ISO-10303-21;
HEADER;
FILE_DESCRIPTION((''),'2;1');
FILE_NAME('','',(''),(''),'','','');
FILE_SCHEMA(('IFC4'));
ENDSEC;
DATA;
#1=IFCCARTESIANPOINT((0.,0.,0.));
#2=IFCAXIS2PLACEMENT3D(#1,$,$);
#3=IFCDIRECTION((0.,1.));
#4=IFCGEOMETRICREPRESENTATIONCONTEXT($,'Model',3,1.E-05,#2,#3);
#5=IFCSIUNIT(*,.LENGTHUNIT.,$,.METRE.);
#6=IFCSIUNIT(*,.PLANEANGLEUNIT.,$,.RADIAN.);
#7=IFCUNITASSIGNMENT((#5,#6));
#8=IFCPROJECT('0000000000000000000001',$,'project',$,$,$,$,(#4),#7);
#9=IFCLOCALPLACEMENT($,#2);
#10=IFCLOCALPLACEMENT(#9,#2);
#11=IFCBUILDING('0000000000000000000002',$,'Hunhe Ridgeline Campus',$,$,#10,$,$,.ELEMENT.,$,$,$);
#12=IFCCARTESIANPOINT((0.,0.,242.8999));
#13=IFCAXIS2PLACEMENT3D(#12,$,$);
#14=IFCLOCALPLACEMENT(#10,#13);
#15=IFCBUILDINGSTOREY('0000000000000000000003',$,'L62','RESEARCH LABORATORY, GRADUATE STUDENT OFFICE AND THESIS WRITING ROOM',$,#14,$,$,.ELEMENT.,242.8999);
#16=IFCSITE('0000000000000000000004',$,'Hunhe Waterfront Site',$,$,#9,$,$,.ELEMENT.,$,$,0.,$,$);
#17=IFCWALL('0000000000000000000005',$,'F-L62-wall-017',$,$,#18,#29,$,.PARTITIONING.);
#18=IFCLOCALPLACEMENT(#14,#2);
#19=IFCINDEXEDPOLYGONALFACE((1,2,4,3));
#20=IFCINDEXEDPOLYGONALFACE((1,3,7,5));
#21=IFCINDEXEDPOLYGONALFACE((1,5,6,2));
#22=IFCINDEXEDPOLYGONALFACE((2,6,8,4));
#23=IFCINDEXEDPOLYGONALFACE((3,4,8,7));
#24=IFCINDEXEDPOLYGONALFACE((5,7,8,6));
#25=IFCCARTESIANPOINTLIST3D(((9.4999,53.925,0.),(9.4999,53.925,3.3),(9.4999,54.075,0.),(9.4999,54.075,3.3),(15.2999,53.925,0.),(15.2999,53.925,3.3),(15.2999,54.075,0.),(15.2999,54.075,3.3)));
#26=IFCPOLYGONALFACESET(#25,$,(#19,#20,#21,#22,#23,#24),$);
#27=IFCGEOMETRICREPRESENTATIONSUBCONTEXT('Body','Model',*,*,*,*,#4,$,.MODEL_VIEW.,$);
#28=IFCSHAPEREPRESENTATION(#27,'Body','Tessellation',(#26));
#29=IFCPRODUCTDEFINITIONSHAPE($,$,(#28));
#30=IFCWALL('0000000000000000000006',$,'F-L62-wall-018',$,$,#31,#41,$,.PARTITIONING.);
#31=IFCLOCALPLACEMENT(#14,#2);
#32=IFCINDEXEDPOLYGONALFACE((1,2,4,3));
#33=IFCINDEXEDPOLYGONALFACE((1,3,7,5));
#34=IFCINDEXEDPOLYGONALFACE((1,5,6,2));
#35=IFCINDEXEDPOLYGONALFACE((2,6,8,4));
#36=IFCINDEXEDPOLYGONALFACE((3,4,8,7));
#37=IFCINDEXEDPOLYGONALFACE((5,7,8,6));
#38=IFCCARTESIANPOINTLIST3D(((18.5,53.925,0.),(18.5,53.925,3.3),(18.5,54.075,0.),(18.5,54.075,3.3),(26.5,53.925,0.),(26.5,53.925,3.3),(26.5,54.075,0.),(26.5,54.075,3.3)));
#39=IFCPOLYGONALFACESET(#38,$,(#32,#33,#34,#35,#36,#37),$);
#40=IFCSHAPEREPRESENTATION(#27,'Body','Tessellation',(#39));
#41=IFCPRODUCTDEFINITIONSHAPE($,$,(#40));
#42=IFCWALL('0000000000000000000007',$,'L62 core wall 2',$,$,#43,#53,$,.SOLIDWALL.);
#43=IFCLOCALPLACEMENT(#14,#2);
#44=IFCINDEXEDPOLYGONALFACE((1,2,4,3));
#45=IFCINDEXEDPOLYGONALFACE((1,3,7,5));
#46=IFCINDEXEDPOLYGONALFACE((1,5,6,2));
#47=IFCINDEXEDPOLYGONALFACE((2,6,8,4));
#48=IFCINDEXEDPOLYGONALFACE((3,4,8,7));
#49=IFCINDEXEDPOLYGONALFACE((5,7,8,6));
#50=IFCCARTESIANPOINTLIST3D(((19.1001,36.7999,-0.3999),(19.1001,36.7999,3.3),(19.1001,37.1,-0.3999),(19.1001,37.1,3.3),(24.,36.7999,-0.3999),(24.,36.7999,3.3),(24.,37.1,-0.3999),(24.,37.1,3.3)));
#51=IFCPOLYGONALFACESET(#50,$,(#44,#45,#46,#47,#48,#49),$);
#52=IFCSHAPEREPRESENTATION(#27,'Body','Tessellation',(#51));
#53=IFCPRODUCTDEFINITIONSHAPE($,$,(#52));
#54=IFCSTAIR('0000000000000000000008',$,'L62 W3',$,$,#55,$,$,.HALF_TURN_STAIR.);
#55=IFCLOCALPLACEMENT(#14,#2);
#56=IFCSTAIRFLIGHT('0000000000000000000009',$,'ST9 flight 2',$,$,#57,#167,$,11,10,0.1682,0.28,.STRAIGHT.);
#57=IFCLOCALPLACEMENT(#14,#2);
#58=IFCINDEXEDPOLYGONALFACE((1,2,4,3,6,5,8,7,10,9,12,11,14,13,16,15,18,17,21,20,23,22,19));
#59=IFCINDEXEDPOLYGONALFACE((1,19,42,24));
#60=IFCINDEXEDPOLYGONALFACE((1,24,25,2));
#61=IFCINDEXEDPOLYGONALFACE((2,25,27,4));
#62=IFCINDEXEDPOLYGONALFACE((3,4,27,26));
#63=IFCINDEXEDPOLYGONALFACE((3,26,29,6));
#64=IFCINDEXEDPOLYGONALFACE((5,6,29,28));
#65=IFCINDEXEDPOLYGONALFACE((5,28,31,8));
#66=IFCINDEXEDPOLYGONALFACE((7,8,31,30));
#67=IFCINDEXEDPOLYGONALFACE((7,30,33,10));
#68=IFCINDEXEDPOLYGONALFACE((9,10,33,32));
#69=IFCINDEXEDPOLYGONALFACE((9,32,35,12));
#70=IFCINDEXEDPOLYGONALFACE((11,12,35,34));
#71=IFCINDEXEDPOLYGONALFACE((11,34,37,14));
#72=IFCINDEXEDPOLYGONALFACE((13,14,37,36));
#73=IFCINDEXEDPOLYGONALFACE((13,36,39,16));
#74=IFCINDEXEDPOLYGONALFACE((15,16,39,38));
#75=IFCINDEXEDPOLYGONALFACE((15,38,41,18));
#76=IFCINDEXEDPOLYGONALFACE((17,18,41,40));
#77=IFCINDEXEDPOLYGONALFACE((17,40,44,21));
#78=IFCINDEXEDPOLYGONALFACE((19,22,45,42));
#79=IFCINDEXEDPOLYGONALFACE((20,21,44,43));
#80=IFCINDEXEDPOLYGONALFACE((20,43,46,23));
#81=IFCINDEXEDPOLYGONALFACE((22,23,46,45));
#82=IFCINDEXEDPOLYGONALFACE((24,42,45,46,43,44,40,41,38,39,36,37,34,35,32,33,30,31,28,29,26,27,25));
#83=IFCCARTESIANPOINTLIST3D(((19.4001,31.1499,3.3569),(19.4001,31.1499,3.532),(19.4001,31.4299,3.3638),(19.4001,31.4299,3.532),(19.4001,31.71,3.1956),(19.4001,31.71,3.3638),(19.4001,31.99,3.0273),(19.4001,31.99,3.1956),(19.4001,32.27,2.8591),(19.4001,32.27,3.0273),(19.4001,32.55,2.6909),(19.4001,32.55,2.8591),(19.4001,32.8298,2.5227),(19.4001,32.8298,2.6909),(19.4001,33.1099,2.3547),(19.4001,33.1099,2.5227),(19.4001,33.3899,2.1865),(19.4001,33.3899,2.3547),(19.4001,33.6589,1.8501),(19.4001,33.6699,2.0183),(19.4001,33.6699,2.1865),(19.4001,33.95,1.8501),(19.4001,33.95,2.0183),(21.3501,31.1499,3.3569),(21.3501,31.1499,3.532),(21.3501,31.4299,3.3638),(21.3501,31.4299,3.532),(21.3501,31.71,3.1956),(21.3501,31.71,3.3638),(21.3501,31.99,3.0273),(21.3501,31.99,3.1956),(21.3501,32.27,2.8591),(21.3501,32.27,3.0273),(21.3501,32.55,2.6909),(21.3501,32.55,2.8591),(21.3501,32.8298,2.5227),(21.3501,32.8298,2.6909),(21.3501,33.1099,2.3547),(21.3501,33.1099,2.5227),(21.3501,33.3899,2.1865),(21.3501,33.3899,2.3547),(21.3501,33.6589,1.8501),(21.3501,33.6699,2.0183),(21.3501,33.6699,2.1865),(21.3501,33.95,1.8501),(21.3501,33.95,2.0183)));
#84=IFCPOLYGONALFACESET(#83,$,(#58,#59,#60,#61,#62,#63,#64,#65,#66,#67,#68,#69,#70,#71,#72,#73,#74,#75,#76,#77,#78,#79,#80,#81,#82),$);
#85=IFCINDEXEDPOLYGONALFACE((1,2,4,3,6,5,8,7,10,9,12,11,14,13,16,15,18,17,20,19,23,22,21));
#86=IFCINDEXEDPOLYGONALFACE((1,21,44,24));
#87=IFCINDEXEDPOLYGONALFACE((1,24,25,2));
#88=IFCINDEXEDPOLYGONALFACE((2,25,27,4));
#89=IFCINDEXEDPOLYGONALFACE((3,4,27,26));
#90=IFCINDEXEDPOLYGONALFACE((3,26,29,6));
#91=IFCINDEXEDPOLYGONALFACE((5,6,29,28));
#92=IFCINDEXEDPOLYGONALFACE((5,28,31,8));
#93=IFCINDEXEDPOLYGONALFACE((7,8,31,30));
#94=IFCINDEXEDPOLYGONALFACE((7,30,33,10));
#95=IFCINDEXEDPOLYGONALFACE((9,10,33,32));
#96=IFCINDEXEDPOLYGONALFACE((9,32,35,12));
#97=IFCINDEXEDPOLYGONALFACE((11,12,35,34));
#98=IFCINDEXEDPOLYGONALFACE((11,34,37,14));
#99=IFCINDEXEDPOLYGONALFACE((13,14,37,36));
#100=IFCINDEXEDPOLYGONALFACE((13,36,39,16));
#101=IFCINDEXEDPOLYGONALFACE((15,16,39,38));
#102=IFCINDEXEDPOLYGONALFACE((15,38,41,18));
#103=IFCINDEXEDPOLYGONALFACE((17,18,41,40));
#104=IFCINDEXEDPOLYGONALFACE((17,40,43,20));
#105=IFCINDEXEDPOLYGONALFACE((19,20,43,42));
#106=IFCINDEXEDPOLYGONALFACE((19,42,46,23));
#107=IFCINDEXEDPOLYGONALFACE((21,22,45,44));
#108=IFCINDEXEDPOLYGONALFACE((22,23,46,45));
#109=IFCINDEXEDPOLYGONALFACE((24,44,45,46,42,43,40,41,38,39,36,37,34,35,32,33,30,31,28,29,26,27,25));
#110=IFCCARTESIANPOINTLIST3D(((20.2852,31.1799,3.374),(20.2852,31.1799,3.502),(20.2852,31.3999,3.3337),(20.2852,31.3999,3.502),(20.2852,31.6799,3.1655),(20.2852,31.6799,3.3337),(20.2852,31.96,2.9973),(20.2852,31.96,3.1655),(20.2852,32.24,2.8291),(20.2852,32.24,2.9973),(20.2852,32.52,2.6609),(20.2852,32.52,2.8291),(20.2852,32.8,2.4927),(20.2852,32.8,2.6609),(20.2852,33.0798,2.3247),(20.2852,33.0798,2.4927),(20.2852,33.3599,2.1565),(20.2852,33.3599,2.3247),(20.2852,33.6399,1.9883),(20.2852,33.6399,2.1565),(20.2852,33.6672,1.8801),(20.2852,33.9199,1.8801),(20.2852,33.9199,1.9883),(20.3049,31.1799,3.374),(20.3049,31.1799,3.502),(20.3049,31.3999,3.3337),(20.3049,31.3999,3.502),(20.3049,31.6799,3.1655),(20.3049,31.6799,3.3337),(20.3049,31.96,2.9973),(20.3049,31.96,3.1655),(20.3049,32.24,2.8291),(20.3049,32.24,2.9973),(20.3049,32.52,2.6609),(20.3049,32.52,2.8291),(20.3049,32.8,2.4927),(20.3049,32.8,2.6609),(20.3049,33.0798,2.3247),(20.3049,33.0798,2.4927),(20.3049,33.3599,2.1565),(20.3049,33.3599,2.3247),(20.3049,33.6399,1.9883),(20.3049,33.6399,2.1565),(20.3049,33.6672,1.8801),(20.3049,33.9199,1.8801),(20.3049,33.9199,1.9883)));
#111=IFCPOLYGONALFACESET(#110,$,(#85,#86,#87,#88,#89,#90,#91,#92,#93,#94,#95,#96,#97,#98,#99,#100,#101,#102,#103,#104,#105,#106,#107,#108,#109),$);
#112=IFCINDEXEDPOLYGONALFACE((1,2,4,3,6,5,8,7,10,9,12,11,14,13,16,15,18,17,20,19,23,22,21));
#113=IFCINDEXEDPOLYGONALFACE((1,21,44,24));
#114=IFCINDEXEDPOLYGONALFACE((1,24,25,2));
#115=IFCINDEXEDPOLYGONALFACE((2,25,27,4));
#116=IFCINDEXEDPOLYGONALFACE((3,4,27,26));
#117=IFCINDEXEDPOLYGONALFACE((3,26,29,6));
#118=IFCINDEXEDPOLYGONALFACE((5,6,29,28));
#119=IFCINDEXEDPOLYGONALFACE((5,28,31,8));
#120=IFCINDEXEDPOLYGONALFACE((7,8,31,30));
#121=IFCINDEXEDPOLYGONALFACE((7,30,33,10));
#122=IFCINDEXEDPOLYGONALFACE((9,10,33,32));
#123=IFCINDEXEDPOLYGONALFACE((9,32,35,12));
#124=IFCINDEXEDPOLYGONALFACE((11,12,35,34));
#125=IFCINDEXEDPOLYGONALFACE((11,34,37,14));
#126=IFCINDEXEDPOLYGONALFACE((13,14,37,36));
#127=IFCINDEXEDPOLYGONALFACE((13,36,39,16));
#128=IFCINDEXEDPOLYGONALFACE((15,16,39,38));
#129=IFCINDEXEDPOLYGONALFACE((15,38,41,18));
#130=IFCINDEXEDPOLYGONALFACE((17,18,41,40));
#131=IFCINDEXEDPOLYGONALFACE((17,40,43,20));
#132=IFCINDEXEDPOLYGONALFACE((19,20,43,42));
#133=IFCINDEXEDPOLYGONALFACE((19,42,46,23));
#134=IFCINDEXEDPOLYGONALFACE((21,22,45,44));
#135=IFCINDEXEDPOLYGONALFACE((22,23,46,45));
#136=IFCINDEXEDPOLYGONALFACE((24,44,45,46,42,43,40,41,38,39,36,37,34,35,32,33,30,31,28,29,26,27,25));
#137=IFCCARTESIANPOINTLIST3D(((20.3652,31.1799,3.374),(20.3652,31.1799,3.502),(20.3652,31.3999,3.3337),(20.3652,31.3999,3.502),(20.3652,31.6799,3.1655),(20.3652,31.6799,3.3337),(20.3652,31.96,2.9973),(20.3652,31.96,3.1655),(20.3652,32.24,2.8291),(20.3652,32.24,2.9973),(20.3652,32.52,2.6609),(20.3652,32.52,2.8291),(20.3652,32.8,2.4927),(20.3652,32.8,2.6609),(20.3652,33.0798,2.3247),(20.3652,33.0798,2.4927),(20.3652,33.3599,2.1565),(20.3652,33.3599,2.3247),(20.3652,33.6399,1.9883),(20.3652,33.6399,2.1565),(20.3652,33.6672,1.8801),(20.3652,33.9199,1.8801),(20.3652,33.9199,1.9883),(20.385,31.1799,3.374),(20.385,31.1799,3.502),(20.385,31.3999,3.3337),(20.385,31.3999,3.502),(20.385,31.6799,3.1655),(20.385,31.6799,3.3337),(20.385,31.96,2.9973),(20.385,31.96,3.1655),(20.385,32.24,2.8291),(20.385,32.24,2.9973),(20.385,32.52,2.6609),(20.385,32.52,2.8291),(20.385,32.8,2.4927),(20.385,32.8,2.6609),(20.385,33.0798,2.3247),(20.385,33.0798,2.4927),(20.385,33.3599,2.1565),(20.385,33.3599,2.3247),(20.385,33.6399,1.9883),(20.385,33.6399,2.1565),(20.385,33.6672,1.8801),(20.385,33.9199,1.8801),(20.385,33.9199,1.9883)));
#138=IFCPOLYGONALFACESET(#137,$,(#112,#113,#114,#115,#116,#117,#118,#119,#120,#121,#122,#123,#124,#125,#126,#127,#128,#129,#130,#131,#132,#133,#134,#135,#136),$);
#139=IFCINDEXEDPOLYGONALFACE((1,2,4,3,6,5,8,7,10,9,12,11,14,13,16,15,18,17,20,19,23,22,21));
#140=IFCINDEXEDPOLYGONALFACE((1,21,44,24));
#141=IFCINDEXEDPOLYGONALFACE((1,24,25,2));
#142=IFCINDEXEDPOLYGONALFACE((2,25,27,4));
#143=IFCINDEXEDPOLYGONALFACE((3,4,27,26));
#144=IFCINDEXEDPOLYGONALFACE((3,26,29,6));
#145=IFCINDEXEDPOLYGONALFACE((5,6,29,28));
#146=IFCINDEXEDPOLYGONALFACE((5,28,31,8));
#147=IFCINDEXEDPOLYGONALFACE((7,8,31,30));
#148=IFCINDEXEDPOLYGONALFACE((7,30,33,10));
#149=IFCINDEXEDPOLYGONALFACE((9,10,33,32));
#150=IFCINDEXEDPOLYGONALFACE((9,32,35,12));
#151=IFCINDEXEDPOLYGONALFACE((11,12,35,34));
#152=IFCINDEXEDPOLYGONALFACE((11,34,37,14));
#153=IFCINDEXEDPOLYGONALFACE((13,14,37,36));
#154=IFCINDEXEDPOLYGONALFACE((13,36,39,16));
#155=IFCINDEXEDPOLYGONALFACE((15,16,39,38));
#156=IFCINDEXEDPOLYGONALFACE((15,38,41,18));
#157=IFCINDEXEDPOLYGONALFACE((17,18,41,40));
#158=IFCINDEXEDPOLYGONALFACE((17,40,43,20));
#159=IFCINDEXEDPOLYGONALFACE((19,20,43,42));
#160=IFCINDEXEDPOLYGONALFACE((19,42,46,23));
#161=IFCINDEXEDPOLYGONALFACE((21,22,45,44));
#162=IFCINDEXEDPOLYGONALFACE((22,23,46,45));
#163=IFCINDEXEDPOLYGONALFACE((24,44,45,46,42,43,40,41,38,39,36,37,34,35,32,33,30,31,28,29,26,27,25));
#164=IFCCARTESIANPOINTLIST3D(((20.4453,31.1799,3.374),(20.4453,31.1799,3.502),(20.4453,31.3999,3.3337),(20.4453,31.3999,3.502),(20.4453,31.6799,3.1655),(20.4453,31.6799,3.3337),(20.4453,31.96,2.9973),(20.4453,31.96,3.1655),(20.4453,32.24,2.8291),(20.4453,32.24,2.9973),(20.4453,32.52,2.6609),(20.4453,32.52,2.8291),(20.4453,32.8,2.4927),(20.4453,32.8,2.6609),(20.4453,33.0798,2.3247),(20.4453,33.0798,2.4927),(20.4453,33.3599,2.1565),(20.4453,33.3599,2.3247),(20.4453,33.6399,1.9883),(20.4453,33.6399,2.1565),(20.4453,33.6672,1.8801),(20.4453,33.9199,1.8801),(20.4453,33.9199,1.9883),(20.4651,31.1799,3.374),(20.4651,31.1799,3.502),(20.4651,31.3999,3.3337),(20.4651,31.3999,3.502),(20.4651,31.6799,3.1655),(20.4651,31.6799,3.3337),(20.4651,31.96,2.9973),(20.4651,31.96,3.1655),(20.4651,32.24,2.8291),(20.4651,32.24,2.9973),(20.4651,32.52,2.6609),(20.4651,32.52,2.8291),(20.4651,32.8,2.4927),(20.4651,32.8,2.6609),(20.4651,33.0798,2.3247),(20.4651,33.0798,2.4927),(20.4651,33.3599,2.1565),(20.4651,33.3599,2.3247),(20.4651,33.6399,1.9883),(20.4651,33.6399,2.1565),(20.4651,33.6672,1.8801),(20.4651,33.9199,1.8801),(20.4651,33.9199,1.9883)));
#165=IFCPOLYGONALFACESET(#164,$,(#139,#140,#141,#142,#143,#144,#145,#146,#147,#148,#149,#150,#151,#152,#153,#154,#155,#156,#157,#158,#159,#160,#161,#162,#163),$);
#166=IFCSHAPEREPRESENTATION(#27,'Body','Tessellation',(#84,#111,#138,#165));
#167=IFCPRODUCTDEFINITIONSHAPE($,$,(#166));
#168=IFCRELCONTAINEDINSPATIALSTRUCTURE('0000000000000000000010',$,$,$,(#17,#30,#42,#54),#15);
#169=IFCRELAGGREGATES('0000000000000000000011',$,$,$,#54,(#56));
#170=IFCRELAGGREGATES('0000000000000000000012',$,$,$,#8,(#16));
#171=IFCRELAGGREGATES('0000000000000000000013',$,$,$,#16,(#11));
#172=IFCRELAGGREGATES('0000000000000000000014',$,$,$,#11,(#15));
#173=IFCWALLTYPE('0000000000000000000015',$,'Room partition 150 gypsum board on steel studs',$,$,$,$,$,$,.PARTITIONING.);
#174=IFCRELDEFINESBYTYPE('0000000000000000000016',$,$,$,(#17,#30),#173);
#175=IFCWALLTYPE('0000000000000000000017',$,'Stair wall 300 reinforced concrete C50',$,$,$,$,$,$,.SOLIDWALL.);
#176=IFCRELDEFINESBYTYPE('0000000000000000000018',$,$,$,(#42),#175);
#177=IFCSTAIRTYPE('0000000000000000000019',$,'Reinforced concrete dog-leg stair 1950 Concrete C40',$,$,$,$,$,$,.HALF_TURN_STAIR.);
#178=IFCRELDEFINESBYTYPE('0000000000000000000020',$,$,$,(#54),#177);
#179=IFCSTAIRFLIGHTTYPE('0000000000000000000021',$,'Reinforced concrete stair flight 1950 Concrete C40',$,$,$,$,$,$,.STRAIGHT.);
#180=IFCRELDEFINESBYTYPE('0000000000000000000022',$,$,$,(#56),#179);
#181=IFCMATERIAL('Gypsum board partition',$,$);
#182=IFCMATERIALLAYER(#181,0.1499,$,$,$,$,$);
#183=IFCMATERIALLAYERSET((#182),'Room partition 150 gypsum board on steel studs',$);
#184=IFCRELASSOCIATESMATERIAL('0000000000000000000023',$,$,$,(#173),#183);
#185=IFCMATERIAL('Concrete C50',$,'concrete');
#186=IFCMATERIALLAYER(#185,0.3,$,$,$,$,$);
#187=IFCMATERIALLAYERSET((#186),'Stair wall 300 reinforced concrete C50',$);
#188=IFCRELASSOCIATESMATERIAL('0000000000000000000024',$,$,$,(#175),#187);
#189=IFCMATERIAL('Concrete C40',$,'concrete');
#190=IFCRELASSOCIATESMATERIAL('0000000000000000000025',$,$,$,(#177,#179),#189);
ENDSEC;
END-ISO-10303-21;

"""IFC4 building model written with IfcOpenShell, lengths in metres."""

from ifc_helpers import new_model, si_unit, direction, frame, frame_2d, origin, place, context, subcontext, project, spatial, polyline, rectangle, outline, extrude, material, layer, layer_set, type_object, element, aggregate, save


model = new_model("IFC4")

# Units and contexts
model_context = context("Model", 3, precision=1e-05, world=origin(), true_north=direction((0.0, 1.0)))
body_context = subcontext(model_context, "Body", "Model", "MODEL_VIEW")
ifc_project = project(units=[si_unit("LENGTHUNIT", "METRE"), si_unit("PLANEANGLEUNIT", "RADIAN")], contexts=[model_context])

# Site, building, storey
site_placement = place(None, origin())
site = spatial("IfcSite", under=ifc_project, at=site_placement, Name="Hunhe Waterfront Site", CompositionType="ELEMENT", RefElevation=0.0)
building_placement = place(site_placement, origin())
building = spatial("IfcBuilding", under=site, at=building_placement, Name="Hunhe Ridgeline Campus", CompositionType="ELEMENT")
storey_placement = place(building_placement, frame((0.0, 0.0, 242.8999)))
storey = spatial("IfcBuildingStorey", under=building, at=storey_placement, Name="L62", Description="RESEARCH LABORATORY, GRADUATE STUDENT OFFICE AND THESIS WRITING ROOM", CompositionType="ELEMENT", Elevation=242.8999)

# Shared definitions
ifc_material_1 = material(Name="Concrete C50", Category="concrete")

# Walls
ifc_material_2 = material(Name="Gypsum board partition")
ifc_layer_1 = layer(ifc_material_2, 0.1499)
ifc_layer_set_1 = layer_set([ifc_layer_1], Name="Room partition 150 gypsum board on steel studs")
wall_type_1 = type_object("IfcWallType", Name="Room partition 150 gypsum board on steel studs", PredefinedType="PARTITIONING", material=ifc_layer_set_1)
wall_1_placement = place(storey_placement, frame((9.5, 54.0, 0.0), z_axis=(0.0, 0.0, 1.0), x_axis=(1.0, 0.0, 0.0)))
element("IfcWall", 1, at=wall_1_placement, inside=storey, type_object=wall_type_1, Name="F-L62-wall-017", PredefinedType="PARTITIONING", context=body_context, shape_type="SweptSolid", body=[
    extrude(rectangle(XDim=5.8, YDim=0.1499, at=frame_2d((2.8999, 0.0))), origin(), (0.0, 0.0, 1.0), 3.3),
])
wall_2_placement = place(storey_placement, frame((18.5, 54.0, 0.0), z_axis=(0.0, 0.0, 1.0), x_axis=(1.0, 0.0, 0.0)))
element("IfcWall", 2, at=wall_2_placement, inside=storey, type_object=wall_type_1, Name="F-L62-wall-018", PredefinedType="PARTITIONING", context=body_context, shape_type="SweptSolid", body=[
    extrude(rectangle(XDim=8.0, YDim=0.1499, at=frame_2d((4.0, 0.0))), origin(), (0.0, 0.0, 1.0), 3.3),
])
ifc_layer_2 = layer(ifc_material_1, 0.3)
ifc_layer_set_2 = layer_set([ifc_layer_2], Name="Stair wall 300 reinforced concrete C50")
wall_type_2 = type_object("IfcWallType", Name="Stair wall 300 reinforced concrete C50", PredefinedType="SOLIDWALL", material=ifc_layer_set_2)
wall_3_placement = place(storey_placement, frame((19.1001, 36.95, -0.3999), z_axis=(0.0, 0.0, 1.0), x_axis=(1.0, 0.0, 0.0)))
element("IfcWall", 3, at=wall_3_placement, inside=storey, type_object=wall_type_2, Name="L62 core wall 2", PredefinedType="SOLIDWALL", context=body_context, shape_type="SweptSolid", body=[
    extrude(rectangle(XDim=4.8999, YDim=0.3, at=frame_2d((2.45, 0.0))), origin(), (0.0, 0.0, 1.0), 3.7),
])

# Stair, stair flight
ifc_material_3 = material(Name="Concrete C40", Category="concrete")
stair_type = type_object("IfcStairType", Name="Reinforced concrete dog-leg stair 1950 Concrete C40", PredefinedType="HALF_TURN_STAIR", material=ifc_material_3)
stair_placement = place(storey_placement, origin())
stair = element("IfcStair", 4, at=stair_placement, inside=storey, type_object=stair_type, Name="L62 W3", PredefinedType="HALF_TURN_STAIR")
stair_flight_type = type_object("IfcStairFlightType", Name="Reinforced concrete stair flight 1950 Concrete C40", PredefinedType="STRAIGHT", material=ifc_material_3)
stair_flight_placement = place(storey_placement, frame((20.375, 33.95, 1.8501), z_axis=(0.0, 0.0, 1.0), x_axis=(0.0, -1.0, 0.0)))
stair_flight = element("IfcStairFlight", 5, at=stair_flight_placement, type_object=stair_flight_type, Name="ST9 flight 2", NumberOfRisers=11, NumberOfTreads=10, PredefinedType="STRAIGHT", RiserHeight=0.1682, TreadLength=0.28, context=body_context, shape_type="SweptSolid", body=[
    extrude(outline(polyline([(0.0, 0.0), (0.0, 0.1682), (0.28, 0.1682), (0.28, 0.3364), (0.5601, 0.3364), (0.5601, 0.5046), (0.8401, 0.5046), (0.8401, 0.6726), (1.1201, 0.6726), (1.1201, 0.8408), (1.3999, 0.8408), (1.3999, 1.009), (1.6799, 1.009), (1.6799, 1.1772), (1.96, 1.1772), (1.96, 1.3455), (2.24, 1.3455), (2.24, 1.5137), (2.52, 1.5137), (2.52, 1.6819), (2.8, 1.6819), (2.8, 1.8501), (2.8, 1.5068), (0.291, 0.0), (0.0, 0.0)])), frame((0.0, 0.9751, 0.0), z_axis=(0.0, -1.0, 0.0), x_axis=(1.0, 0.0, 0.0)), (0.0, 0.0, 1.0), 1.95),
    extrude(outline(polyline([(0.03, 0.03), (0.03, 0.1382), (0.3101, 0.1382), (0.3101, 0.3064), (0.5901, 0.3064), (0.5901, 0.4746), (0.8701, 0.4746), (0.8701, 0.6426), (1.1499, 0.6426), (1.1499, 0.8108), (1.4299, 0.8108), (1.4299, 0.979), (1.71, 0.979), (1.71, 1.1472), (1.99, 1.1472), (1.99, 1.3154), (2.27, 1.3154), (2.27, 1.4836), (2.55, 1.4836), (2.55, 1.6519), (2.77, 1.6519), (2.77, 1.5239), (0.2827, 0.03), (0.03, 0.03)])), frame((0.0, -0.0701, 0.0), z_axis=(0.0, -1.0, 0.0), x_axis=(1.0, 0.0, 0.0)), (0.0, 0.0, 1.0), 0.0198),
    extrude(outline(polyline([(0.03, 0.03), (0.03, 0.1382), (0.3101, 0.1382), (0.3101, 0.3064), (0.5901, 0.3064), (0.5901, 0.4746), (0.8701, 0.4746), (0.8701, 0.6426), (1.1499, 0.6426), (1.1499, 0.8108), (1.4299, 0.8108), (1.4299, 0.979), (1.71, 0.979), (1.71, 1.1472), (1.99, 1.1472), (1.99, 1.3154), (2.27, 1.3154), (2.27, 1.4836), (2.55, 1.4836), (2.55, 1.6519), (2.77, 1.6519), (2.77, 1.5239), (0.2827, 0.03), (0.03, 0.03)])), frame((0.0, 0.01, 0.0), z_axis=(0.0, -1.0, 0.0), x_axis=(1.0, 0.0, 0.0)), (0.0, 0.0, 1.0), 0.0198),
    extrude(outline(polyline([(0.03, 0.03), (0.03, 0.1382), (0.3101, 0.1382), (0.3101, 0.3064), (0.5901, 0.3064), (0.5901, 0.4746), (0.8701, 0.4746), (0.8701, 0.6426), (1.1499, 0.6426), (1.1499, 0.8108), (1.4299, 0.8108), (1.4299, 0.979), (1.71, 0.979), (1.71, 1.1472), (1.99, 1.1472), (1.99, 1.3154), (2.27, 1.3154), (2.27, 1.4836), (2.55, 1.4836), (2.55, 1.6519), (2.77, 1.6519), (2.77, 1.5239), (0.2827, 0.03), (0.03, 0.03)])), frame((0.0, 0.0901, 0.0), z_axis=(0.0, -1.0, 0.0), x_axis=(1.0, 0.0, 0.0)), (0.0, 0.0, 1.0), 0.0198),
])
aggregate(stair, [stair_flight])

save(model, "model.ifc")
